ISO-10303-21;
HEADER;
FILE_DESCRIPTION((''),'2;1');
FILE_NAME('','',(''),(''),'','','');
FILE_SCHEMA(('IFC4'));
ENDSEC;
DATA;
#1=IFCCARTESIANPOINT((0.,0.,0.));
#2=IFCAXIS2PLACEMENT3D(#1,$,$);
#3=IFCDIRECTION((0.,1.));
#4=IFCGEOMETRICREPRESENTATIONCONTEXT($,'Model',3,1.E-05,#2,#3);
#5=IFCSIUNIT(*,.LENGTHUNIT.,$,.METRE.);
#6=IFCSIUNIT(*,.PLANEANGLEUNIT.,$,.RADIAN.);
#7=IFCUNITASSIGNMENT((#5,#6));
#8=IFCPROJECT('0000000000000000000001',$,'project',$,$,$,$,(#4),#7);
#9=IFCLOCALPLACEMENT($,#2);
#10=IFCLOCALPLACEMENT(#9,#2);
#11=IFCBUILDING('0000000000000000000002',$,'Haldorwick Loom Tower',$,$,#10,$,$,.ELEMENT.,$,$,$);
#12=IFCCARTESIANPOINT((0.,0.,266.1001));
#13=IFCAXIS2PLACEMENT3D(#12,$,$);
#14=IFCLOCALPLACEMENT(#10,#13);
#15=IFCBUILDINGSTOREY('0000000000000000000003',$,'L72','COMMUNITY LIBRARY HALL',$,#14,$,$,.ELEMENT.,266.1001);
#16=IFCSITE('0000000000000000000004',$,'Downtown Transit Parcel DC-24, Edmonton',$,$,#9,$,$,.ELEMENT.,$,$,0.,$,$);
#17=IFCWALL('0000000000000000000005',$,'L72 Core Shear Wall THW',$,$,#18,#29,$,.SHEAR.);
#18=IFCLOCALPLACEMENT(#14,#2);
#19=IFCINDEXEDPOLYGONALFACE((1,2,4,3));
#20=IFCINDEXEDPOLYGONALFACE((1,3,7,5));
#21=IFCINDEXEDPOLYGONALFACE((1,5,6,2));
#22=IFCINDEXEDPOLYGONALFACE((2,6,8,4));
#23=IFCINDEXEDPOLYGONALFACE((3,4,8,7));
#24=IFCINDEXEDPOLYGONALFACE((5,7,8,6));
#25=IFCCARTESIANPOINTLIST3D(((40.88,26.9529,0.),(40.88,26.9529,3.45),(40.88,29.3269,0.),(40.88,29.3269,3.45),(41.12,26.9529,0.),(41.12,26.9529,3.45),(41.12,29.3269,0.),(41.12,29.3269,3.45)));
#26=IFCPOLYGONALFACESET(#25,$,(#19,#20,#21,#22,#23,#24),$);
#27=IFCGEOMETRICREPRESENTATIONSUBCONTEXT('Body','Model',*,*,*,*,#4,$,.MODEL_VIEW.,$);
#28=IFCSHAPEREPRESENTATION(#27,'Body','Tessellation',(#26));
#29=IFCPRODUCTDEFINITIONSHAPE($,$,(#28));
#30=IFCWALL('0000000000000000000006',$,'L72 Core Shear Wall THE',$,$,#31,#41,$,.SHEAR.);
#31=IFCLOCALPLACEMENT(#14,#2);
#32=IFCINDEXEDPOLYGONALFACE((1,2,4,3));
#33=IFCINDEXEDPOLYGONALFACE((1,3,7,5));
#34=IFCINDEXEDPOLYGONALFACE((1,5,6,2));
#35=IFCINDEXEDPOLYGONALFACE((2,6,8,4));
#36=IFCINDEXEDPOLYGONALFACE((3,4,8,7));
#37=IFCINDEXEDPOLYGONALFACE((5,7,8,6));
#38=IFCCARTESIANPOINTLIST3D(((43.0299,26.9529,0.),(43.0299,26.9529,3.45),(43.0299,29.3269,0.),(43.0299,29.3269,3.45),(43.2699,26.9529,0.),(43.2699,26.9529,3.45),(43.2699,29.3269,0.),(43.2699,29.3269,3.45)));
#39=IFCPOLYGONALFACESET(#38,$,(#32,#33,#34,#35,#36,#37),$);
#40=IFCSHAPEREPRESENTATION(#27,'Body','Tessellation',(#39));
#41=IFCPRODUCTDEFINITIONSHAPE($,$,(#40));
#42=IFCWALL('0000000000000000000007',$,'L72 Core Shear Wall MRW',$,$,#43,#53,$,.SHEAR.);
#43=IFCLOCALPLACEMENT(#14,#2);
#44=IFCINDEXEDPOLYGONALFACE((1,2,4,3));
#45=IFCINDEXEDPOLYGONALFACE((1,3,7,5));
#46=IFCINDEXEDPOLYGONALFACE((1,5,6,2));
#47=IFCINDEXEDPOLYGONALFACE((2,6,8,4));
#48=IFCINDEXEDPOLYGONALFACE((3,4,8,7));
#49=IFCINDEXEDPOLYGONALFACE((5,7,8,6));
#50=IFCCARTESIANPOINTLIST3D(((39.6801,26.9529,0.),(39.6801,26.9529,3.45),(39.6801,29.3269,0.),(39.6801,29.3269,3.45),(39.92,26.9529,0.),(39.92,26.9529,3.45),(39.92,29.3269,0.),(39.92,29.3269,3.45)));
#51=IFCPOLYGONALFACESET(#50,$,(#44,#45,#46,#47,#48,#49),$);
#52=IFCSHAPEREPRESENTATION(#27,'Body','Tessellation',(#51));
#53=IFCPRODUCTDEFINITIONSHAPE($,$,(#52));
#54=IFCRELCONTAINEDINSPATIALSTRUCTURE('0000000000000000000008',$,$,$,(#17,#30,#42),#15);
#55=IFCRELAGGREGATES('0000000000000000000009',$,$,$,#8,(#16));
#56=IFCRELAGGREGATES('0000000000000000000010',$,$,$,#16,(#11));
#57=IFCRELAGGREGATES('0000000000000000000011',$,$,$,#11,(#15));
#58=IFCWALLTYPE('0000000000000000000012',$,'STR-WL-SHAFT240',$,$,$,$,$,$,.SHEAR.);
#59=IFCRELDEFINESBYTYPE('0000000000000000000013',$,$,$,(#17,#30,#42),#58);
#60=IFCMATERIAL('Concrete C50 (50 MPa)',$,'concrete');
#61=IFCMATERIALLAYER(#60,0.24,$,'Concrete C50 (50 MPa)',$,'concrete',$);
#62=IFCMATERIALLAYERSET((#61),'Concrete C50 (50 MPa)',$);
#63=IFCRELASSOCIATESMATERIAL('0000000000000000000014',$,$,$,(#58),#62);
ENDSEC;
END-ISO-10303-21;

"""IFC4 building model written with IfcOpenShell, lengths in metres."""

from ifc_helpers import new_model, si_unit, direction, frame, frame_2d, origin, place, context, subcontext, project, spatial, rectangle, extrude, material, layer, layer_set, type_object, element, save


model = new_model("IFC4")

# Units and contexts
model_context = context("Model", 3, precision=1e-05, world=origin(), true_north=direction((0.0, 1.0)))
body_context = subcontext(model_context, "Body", "Model", "MODEL_VIEW")
ifc_project = project(units=[si_unit("LENGTHUNIT", "METRE"), si_unit("PLANEANGLEUNIT", "RADIAN")], contexts=[model_context])

# Site, building, storey
site_placement = place(None, origin())
site = spatial("IfcSite", under=ifc_project, at=site_placement, Name="Downtown Transit Parcel DC-24, Edmonton", CompositionType="ELEMENT", RefElevation=0.0)
building_placement = place(site_placement, origin())
building = spatial("IfcBuilding", under=site, at=building_placement, Name="Haldorwick Loom Tower", CompositionType="ELEMENT")
storey_placement = place(building_placement, frame((0.0, 0.0, 266.1001)))
storey = spatial("IfcBuildingStorey", under=building, at=storey_placement, Name="L72", Description="COMMUNITY LIBRARY HALL", CompositionType="ELEMENT", Elevation=266.1001)

# Shared definitions
ifc_material_1 = material(Name="Concrete C50 (50 MPa)", Category="concrete")

# Walls
ifc_layer_1 = layer(ifc_material_1, 0.24, Name="Concrete C50 (50 MPa)", Category="concrete")
ifc_layer_set_1 = layer_set([ifc_layer_1], Name="Concrete C50 (50 MPa)")
wall_type_1 = type_object("IfcWallType", Name="STR-WL-SHAFT240", PredefinedType="SHEAR", material=ifc_layer_set_1)
for number, where, z_axis, x_axis, name in (
    (1, (41.0, 26.9529, 0.0), (0.0, 0.0, 1.0), (0.0, 1.0, 0.0), "L72 Core Shear Wall THW"),
    (2, (43.1499, 26.9529, 0.0), (0.0, 0.0, 1.0), (0.0, 1.0, 0.0), "L72 Core Shear Wall THE"),
    (3, (39.8, 26.9529, 0.0), (0.0, 0.0, 1.0), (0.0, 1.0, 0.0), "L72 Core Shear Wall MRW"),
):
    element("IfcWall", number, at=place(storey_placement, frame(where, z_axis=z_axis, x_axis=x_axis)), inside=storey, type_object=wall_type_1, Name=name, PredefinedType="SHEAR", context=body_context, shape_type="SweptSolid", body=[
        extrude(rectangle(XDim=2.374, YDim=0.24, at=frame_2d((1.187, 0.0))), origin(), (0.0, 0.0, 1.0), 3.45),
    ])

save(model, "model.ifc")
